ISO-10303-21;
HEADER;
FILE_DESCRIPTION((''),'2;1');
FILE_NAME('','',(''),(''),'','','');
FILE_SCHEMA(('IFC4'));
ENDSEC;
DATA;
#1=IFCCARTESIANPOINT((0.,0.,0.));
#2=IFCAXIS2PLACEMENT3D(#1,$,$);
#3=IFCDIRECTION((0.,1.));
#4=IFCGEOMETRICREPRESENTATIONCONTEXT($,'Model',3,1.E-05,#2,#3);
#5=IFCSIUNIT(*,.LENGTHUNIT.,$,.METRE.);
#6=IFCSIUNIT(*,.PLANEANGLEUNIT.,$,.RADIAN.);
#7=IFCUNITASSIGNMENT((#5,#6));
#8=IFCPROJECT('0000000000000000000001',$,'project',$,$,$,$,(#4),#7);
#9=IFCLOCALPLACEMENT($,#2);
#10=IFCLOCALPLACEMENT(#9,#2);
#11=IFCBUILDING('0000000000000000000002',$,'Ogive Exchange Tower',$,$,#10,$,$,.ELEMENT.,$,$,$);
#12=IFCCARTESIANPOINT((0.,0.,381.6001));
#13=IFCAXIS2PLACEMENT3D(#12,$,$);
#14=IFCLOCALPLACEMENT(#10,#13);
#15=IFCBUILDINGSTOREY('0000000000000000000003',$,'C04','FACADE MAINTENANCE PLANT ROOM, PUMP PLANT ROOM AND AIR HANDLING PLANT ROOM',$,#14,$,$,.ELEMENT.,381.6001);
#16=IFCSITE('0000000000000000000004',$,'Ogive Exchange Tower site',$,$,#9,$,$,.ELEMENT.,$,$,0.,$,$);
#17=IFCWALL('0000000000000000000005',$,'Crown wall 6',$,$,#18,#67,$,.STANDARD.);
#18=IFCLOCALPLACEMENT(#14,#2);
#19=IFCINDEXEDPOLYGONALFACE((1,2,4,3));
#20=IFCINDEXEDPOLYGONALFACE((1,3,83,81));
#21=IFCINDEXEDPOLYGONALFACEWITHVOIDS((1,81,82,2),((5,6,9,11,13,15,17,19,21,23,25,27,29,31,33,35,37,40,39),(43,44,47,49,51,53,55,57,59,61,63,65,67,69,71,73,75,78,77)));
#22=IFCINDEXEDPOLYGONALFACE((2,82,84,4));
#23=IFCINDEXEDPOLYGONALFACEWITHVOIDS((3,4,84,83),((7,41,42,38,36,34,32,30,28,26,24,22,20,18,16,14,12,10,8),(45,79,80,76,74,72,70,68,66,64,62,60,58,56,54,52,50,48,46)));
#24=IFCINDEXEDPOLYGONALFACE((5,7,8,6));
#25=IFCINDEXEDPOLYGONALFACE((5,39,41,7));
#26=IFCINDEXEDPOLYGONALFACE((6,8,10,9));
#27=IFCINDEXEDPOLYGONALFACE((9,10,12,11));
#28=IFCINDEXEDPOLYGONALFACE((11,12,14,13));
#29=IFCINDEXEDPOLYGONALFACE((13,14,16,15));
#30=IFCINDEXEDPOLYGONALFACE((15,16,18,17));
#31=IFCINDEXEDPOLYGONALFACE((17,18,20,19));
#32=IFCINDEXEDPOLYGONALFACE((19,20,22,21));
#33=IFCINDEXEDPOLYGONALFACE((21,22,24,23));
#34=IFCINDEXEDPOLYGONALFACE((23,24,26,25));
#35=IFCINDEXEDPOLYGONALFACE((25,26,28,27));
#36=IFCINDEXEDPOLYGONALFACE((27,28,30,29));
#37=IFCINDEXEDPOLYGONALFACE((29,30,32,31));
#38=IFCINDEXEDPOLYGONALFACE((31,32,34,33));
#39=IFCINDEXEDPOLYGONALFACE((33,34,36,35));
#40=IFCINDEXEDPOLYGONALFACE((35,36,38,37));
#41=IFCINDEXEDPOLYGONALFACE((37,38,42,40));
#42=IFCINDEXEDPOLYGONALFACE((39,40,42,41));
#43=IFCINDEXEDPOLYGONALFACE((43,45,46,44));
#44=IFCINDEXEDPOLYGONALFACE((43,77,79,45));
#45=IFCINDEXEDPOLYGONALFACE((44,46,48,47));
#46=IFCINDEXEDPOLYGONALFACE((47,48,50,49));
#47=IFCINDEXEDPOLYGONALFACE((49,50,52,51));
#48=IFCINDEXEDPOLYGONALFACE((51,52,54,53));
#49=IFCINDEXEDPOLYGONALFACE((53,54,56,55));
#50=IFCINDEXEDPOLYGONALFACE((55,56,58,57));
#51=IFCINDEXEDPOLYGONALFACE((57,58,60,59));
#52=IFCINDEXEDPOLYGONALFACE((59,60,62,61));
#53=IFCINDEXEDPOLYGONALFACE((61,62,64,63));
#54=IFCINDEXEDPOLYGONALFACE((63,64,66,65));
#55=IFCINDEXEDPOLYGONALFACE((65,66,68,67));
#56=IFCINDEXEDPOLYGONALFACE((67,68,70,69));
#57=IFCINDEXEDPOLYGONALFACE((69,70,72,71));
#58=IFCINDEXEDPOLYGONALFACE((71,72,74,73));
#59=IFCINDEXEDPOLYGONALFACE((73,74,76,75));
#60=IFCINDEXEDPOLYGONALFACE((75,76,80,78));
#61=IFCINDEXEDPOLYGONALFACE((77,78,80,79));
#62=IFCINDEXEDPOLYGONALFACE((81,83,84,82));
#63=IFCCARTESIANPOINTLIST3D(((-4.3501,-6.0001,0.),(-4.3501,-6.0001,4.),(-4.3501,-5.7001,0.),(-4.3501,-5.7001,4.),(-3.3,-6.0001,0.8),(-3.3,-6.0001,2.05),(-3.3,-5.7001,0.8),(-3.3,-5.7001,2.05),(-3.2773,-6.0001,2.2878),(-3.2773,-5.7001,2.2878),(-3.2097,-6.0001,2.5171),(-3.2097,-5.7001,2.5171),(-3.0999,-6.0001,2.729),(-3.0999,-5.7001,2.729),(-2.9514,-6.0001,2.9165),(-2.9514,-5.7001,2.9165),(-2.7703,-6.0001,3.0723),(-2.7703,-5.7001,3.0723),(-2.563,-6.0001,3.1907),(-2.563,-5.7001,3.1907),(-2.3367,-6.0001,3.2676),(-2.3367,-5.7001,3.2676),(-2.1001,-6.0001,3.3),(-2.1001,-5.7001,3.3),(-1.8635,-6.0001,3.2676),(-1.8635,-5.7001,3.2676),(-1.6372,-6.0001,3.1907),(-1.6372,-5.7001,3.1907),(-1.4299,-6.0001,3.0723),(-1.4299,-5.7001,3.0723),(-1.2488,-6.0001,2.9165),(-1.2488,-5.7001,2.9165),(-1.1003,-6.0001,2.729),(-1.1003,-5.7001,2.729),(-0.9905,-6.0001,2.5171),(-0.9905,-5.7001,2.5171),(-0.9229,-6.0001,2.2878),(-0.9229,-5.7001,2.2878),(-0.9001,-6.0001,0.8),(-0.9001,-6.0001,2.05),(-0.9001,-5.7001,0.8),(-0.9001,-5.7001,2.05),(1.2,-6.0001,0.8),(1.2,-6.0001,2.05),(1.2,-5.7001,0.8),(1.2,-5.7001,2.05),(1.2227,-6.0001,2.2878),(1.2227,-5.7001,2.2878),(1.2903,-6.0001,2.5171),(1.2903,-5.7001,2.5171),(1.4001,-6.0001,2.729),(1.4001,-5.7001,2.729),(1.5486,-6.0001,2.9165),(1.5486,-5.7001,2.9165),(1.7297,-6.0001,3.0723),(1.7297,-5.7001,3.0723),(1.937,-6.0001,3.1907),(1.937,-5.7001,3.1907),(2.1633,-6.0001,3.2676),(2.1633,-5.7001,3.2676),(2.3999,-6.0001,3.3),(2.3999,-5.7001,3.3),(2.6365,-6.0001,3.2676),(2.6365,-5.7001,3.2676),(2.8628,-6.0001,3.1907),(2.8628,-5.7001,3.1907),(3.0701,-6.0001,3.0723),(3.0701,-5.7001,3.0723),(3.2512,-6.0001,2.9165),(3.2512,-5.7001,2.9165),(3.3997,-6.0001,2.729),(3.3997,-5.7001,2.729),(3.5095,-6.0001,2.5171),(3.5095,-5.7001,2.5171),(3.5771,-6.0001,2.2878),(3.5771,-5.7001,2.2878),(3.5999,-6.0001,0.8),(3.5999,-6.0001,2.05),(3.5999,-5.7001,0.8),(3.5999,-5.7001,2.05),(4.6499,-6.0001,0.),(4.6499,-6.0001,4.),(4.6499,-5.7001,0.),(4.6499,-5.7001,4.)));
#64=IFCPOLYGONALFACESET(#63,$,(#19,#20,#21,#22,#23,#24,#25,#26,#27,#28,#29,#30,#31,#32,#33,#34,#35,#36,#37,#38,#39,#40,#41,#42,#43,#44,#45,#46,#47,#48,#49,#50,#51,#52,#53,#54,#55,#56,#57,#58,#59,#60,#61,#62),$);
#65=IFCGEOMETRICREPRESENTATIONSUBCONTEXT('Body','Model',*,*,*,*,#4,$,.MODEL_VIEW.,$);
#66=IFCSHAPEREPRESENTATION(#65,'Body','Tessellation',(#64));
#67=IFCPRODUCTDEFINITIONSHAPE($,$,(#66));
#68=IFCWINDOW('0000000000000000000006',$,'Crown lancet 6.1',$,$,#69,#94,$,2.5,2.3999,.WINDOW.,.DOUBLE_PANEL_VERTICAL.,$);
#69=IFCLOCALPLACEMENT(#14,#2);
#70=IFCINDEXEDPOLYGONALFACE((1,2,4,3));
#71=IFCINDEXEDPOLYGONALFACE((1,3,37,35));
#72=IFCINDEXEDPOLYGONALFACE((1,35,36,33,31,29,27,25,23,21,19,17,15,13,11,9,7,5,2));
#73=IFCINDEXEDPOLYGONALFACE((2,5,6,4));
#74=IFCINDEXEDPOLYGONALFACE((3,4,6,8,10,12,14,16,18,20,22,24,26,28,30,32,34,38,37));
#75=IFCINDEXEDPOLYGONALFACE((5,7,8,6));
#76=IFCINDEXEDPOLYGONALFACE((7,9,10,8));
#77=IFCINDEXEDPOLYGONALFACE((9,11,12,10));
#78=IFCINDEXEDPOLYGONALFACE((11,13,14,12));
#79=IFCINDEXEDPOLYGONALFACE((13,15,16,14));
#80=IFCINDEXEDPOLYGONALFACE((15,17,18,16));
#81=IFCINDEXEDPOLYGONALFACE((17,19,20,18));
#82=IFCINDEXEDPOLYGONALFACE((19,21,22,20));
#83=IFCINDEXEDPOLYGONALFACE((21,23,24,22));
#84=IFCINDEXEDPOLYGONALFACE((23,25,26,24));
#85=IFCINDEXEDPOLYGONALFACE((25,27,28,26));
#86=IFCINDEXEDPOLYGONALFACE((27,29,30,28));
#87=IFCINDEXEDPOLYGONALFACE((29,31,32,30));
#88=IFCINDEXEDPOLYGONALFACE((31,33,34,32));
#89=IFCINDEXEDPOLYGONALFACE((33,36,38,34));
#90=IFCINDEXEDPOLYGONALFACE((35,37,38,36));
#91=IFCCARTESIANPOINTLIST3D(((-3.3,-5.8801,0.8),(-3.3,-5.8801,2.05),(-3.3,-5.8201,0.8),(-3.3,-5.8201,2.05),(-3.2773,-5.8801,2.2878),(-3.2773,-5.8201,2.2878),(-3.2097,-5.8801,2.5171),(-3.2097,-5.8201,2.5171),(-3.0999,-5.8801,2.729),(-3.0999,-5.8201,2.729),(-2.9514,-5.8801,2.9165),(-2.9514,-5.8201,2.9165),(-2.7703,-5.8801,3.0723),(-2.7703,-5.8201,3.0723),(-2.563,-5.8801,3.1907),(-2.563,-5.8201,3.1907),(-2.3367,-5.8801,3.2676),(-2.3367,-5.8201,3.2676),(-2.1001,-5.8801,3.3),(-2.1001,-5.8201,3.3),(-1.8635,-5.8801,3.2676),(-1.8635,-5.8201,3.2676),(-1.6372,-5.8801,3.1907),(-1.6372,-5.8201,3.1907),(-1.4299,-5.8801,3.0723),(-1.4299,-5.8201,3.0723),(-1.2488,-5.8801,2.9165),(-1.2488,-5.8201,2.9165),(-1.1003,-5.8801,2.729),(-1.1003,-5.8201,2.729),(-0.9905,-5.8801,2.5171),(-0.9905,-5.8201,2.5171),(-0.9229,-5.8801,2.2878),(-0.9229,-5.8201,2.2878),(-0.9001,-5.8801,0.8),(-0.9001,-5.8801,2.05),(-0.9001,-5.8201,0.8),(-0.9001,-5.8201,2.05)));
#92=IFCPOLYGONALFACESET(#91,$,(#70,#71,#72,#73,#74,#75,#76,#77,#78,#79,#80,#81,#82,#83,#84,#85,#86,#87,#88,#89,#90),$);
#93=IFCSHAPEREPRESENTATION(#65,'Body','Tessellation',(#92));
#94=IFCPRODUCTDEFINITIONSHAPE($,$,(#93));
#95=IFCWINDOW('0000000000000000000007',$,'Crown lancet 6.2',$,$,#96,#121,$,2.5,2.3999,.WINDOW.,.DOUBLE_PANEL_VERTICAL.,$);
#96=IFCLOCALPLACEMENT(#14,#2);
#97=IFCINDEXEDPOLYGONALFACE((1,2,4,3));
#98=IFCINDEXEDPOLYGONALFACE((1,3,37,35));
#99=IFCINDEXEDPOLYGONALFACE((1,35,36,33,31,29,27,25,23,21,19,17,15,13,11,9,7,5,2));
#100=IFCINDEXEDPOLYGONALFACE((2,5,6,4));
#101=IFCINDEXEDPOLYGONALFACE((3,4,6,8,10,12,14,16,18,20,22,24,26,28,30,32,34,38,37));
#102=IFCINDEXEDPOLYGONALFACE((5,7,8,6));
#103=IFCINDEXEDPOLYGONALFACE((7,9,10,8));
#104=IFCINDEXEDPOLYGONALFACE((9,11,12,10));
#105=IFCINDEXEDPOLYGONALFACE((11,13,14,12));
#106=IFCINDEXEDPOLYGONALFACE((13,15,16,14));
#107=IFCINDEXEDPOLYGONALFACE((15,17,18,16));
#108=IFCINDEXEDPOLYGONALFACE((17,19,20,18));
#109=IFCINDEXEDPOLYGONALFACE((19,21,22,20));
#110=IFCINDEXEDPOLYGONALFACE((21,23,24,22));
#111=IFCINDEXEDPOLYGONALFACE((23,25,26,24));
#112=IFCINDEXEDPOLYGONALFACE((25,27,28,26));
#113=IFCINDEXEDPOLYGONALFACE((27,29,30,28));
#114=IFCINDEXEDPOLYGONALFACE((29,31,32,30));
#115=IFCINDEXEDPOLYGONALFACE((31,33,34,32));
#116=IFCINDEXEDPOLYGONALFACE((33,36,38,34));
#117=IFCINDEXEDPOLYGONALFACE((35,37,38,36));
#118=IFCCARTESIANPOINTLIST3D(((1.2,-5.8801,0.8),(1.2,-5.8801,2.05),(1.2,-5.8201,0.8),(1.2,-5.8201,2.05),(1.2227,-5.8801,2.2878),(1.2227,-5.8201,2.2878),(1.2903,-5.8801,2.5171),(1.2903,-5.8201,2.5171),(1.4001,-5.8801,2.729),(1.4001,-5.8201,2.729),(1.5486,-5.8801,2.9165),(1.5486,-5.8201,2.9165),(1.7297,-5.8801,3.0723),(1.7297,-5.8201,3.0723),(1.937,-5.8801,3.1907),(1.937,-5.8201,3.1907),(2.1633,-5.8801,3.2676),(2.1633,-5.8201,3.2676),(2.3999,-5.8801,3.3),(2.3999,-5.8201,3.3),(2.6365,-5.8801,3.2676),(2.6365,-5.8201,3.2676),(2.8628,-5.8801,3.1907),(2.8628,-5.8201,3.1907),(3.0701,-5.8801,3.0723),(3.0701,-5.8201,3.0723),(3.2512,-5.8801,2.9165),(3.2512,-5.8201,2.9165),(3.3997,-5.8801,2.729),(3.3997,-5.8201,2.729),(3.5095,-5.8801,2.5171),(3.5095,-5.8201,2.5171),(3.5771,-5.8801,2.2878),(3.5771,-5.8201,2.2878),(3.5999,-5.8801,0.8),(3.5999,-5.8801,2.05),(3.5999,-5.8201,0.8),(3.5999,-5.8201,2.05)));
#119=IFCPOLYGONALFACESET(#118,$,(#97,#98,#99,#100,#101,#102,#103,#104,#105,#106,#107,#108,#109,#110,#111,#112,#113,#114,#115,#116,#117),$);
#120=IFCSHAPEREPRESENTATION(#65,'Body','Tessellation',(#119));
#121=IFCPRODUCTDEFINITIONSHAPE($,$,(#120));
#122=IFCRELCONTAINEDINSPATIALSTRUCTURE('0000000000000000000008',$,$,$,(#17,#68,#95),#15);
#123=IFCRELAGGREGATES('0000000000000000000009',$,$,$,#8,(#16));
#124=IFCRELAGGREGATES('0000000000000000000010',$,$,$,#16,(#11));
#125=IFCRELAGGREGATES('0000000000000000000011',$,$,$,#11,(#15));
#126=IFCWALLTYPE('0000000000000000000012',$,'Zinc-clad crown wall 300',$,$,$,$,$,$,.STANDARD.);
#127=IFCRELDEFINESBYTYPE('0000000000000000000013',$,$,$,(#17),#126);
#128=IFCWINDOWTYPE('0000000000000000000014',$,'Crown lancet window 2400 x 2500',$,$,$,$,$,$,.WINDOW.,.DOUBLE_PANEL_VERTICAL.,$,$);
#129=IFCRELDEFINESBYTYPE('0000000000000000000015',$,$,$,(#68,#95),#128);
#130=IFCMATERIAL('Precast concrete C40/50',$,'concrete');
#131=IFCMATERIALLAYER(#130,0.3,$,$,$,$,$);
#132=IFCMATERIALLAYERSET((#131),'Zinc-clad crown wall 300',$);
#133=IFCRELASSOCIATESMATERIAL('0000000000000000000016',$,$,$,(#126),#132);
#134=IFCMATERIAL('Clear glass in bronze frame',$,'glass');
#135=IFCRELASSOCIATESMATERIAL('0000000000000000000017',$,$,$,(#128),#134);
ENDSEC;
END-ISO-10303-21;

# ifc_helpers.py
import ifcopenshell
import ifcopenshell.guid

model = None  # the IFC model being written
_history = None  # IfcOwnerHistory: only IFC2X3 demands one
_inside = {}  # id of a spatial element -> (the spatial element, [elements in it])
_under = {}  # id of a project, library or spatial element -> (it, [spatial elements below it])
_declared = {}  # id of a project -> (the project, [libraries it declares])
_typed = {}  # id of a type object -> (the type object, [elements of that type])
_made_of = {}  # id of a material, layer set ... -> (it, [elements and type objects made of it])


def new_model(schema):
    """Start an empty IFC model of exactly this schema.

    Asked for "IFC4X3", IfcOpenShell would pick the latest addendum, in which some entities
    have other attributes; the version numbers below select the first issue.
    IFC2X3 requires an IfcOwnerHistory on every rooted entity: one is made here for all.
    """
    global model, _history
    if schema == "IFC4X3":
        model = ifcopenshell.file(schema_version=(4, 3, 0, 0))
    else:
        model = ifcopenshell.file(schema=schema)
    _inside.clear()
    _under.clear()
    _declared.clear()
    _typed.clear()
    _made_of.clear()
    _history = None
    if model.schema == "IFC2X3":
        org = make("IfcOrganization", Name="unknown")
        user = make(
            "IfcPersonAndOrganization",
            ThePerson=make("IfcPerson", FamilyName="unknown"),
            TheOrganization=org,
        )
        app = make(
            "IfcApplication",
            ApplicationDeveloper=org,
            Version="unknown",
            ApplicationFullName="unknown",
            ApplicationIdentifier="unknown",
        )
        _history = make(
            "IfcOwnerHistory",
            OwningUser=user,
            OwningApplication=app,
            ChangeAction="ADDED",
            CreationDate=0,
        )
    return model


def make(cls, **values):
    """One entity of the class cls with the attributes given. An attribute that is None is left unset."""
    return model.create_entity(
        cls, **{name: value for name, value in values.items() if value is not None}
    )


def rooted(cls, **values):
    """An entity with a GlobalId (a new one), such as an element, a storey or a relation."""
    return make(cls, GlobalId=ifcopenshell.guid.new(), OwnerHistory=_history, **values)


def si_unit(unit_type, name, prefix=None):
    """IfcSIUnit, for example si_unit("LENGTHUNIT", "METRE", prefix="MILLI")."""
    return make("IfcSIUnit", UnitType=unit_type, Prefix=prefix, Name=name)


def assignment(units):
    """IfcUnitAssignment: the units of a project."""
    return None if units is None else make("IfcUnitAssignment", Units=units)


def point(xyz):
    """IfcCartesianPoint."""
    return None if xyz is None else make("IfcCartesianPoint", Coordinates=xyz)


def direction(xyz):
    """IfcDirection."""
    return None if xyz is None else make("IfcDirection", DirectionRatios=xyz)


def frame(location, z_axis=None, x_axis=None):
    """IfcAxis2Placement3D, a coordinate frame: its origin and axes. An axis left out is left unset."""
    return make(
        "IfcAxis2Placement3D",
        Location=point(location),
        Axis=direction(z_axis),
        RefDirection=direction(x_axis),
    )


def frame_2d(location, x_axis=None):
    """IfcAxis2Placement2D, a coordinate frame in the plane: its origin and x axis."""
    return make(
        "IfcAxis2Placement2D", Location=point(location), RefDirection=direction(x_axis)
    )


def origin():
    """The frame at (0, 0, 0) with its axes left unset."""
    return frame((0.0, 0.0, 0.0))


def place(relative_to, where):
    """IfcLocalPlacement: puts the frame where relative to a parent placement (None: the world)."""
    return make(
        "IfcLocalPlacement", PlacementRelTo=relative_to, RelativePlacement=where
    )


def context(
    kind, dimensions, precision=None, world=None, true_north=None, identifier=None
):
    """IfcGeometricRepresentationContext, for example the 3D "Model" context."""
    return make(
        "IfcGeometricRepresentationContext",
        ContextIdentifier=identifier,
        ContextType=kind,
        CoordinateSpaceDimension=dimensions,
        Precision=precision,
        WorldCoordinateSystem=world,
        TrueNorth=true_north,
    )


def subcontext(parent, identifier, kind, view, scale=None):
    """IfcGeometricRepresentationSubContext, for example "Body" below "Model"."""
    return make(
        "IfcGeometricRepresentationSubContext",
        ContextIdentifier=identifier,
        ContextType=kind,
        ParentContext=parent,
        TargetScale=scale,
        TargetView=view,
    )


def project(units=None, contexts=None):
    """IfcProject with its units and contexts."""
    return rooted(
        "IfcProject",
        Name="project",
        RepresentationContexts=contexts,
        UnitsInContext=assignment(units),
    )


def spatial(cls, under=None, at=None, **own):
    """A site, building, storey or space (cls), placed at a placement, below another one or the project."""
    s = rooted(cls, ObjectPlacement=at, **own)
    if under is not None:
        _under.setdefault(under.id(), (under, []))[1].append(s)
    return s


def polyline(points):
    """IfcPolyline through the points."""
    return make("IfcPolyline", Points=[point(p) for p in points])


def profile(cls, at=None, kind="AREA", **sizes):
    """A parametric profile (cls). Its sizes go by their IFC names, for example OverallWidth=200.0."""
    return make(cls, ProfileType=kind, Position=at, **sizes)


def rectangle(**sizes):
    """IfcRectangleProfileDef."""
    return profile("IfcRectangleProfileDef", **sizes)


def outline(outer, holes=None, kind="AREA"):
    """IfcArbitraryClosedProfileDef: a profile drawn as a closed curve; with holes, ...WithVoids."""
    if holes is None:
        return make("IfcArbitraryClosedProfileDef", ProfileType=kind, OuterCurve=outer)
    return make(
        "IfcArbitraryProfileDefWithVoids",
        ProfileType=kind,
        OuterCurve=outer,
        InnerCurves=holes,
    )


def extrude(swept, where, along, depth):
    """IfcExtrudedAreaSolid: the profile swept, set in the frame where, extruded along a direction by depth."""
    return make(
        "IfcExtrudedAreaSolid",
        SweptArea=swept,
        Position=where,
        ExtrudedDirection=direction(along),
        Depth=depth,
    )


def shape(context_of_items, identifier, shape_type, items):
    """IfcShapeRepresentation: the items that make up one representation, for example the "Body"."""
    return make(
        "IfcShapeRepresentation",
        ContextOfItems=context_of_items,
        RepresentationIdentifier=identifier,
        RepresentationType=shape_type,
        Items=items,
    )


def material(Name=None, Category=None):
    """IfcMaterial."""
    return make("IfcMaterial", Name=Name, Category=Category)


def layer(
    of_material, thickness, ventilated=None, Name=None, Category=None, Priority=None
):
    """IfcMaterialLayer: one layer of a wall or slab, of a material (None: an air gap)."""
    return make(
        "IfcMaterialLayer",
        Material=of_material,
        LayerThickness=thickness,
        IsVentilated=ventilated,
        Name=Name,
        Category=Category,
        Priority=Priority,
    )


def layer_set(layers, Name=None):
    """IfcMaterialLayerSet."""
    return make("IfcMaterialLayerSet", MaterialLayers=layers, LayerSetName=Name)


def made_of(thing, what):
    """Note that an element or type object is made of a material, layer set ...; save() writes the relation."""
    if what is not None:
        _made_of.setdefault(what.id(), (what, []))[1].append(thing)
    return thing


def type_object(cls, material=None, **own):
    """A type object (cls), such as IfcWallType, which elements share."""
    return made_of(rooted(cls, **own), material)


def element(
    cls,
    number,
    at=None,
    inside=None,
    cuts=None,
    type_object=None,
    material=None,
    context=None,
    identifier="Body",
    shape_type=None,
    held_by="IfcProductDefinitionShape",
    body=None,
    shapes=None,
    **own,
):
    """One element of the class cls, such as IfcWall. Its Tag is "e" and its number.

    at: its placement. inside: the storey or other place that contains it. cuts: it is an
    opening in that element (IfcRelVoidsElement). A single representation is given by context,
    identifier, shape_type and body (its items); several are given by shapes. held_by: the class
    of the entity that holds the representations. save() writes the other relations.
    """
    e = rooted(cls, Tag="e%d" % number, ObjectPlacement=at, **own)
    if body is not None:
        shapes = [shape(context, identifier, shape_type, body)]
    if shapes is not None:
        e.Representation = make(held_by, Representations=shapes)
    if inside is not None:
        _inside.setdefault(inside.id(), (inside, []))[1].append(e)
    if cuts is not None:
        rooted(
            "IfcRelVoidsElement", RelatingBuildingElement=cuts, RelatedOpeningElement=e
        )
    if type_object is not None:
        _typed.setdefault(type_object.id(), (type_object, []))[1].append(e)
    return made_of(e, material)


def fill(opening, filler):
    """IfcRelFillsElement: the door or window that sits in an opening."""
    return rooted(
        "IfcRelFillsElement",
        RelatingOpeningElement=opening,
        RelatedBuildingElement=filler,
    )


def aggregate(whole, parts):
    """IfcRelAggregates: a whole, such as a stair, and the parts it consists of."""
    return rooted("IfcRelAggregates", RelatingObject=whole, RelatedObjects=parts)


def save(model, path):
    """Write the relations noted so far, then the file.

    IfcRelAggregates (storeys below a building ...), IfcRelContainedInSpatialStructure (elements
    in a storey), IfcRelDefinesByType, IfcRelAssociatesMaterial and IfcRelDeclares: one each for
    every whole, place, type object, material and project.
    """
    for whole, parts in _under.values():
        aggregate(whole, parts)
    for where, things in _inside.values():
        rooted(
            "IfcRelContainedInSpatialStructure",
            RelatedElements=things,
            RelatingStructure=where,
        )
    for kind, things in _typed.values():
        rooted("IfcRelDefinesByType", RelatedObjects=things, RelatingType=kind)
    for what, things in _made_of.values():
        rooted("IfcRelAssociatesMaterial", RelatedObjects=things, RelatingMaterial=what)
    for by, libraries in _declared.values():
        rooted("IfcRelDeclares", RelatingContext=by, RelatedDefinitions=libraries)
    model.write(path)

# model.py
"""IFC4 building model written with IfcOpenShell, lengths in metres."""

from ifc_helpers import new_model, si_unit, direction, frame, frame_2d, origin, place, context, subcontext, project, spatial, polyline, rectangle, outline, extrude, material, layer, layer_set, type_object, element, fill, save


model = new_model("IFC4")

# Units and contexts
model_context = context("Model", 3, precision=1e-05, world=origin(), true_north=direction((0.0, 1.0)))
body_context = subcontext(model_context, "Body", "Model", "MODEL_VIEW")
ifc_project = project(units=[si_unit("LENGTHUNIT", "METRE"), si_unit("PLANEANGLEUNIT", "RADIAN")], contexts=[model_context])

# Site, building, storey
site_placement = place(None, origin())
site = spatial("IfcSite", under=ifc_project, at=site_placement, Name="Ogive Exchange Tower site", CompositionType="ELEMENT", RefElevation=0.0)
building_placement = place(site_placement, origin())
building = spatial("IfcBuilding", under=site, at=building_placement, Name="Ogive Exchange Tower", CompositionType="ELEMENT")
storey_placement = place(building_placement, frame((0.0, 0.0, 381.6001)))
storey = spatial("IfcBuildingStorey", under=building, at=storey_placement, Name="C04", Description="FACADE MAINTENANCE PLANT ROOM, PUMP PLANT ROOM AND AIR HANDLING PLANT ROOM", CompositionType="ELEMENT", Elevation=381.6001)

# Wall, openings, windows
ifc_material_1 = material(Name="Precast concrete C40/50", Category="concrete")
ifc_layer_1 = layer(ifc_material_1, 0.3)
ifc_layer_set_1 = layer_set([ifc_layer_1], Name="Zinc-clad crown wall 300")
wall_type_1 = type_object("IfcWallType", Name="Zinc-clad crown wall 300", PredefinedType="STANDARD", material=ifc_layer_set_1)
ifc_material_2 = material(Name="Clear glass in bronze frame", Category="glass")
window_type = type_object("IfcWindowType", Name="Crown lancet window 2400 x 2500", PartitioningType="DOUBLE_PANEL_VERTICAL", PredefinedType="WINDOW", material=ifc_material_2)
wall_1_placement = place(storey_placement, frame((-4.3501, -5.8501, 0.0), z_axis=(0.0, 0.0, 1.0), x_axis=(1.0, 0.0, 0.0)))
wall_1 = element("IfcWall", 1, at=wall_1_placement, inside=storey, type_object=wall_type_1, Name="Crown wall 6", PredefinedType="STANDARD", context=body_context, shape_type="SweptSolid", body=[
    extrude(rectangle(XDim=9.0, YDim=0.3, at=frame_2d((4.5, 0.0))), origin(), (0.0, 0.0, 1.0), 4.0),
])
opening_1_placement = place(wall_1_placement, frame((1.05, 0.0, 0.8)))
opening_1 = element("IfcOpeningElement", 2, at=opening_1_placement, cuts=wall_1, PredefinedType="OPENING", context=body_context, shape_type="SweptSolid", body=[
    extrude(outline(polyline([(0.0, 0.0), (2.3999, 0.0), (2.3999, 1.25), (2.3772, 1.4878), (2.3096, 1.717), (2.1997, 1.929), (2.0513, 2.1165), (1.8701, 2.2722), (1.6628, 2.3906), (1.4365, 2.4675), (1.2, 2.5), (0.9634, 2.4675), (0.7371, 2.3906), (0.5298, 2.2722), (0.3486, 2.1165), (0.2002, 1.929), (0.0903, 1.717), (0.0227, 1.4878), (0.0, 1.25), (0.0, 0.0)])), frame((0.0, 0.1599, 0.0), z_axis=(0.0, -1.0, 0.0), x_axis=(1.0, 0.0, 0.0)), (0.0, 0.0, 1.0), 0.3201),
])
opening_2_placement = place(wall_1_placement, frame((5.55, 0.0, 0.8)))
opening_2 = element("IfcOpeningElement", 3, at=opening_2_placement, cuts=wall_1, PredefinedType="OPENING", context=body_context, shape_type="SweptSolid", body=[
    extrude(outline(polyline([(0.0, 0.0), (2.3999, 0.0), (2.3999, 1.25), (2.3772, 1.4878), (2.3096, 1.717), (2.1997, 1.929), (2.0513, 2.1165), (1.8701, 2.2722), (1.6628, 2.3906), (1.4365, 2.4675), (1.2, 2.5), (0.9634, 2.4675), (0.7371, 2.3906), (0.5298, 2.2722), (0.3486, 2.1165), (0.2002, 1.929), (0.0903, 1.717), (0.0227, 1.4878), (0.0, 1.25), (0.0, 0.0)])), frame((0.0, 0.1599, 0.0), z_axis=(0.0, -1.0, 0.0), x_axis=(1.0, 0.0, 0.0)), (0.0, 0.0, 1.0), 0.3201),
])
window_1_placement = place(opening_1_placement, origin())
window_1 = element("IfcWindow", 4, at=window_1_placement, inside=storey, type_object=window_type, Name="Crown lancet 6.1", OverallHeight=2.5, OverallWidth=2.3999, PartitioningType="DOUBLE_PANEL_VERTICAL", PredefinedType="WINDOW", context=body_context, shape_type="SweptSolid", body=[
    extrude(outline(polyline([(0.0, 0.0), (2.3999, 0.0), (2.3999, 1.25), (2.3772, 1.4878), (2.3096, 1.717), (2.1997, 1.929), (2.0513, 2.1165), (1.8701, 2.2722), (1.6628, 2.3906), (1.4365, 2.4675), (1.2, 2.5), (0.9634, 2.4675), (0.7371, 2.3906), (0.5298, 2.2722), (0.3486, 2.1165), (0.2002, 1.929), (0.0903, 1.717), (0.0227, 1.4878), (0.0, 1.25), (0.0, 0.0)])), frame((0.0, 0.03, 0.0), z_axis=(0.0, -1.0, 0.0), x_axis=(1.0, 0.0, 0.0)), (0.0, 0.0, 1.0), 0.0601),
])
fill(opening_1, window_1)
window_2_placement = place(opening_2_placement, origin())
window_2 = element("IfcWindow", 5, at=window_2_placement, inside=storey, type_object=window_type, Name="Crown lancet 6.2", OverallHeight=2.5, OverallWidth=2.3999, PartitioningType="DOUBLE_PANEL_VERTICAL", PredefinedType="WINDOW", context=body_context, shape_type="SweptSolid", body=[
    extrude(outline(polyline([(0.0, 0.0), (2.3999, 0.0), (2.3999, 1.25), (2.3772, 1.4878), (2.3096, 1.717), (2.1997, 1.929), (2.0513, 2.1165), (1.8701, 2.2722), (1.6628, 2.3906), (1.4365, 2.4675), (1.2, 2.5), (0.9634, 2.4675), (0.7371, 2.3906), (0.5298, 2.2722), (0.3486, 2.1165), (0.2002, 1.929), (0.0903, 1.717), (0.0227, 1.4878), (0.0, 1.25), (0.0, 0.0)])), frame((0.0, 0.03, 0.0), z_axis=(0.0, -1.0, 0.0), x_axis=(1.0, 0.0, 0.0)), (0.0, 0.0, 1.0), 0.0601),
])
fill(opening_2, window_2)

save(model, "model.ifc")
